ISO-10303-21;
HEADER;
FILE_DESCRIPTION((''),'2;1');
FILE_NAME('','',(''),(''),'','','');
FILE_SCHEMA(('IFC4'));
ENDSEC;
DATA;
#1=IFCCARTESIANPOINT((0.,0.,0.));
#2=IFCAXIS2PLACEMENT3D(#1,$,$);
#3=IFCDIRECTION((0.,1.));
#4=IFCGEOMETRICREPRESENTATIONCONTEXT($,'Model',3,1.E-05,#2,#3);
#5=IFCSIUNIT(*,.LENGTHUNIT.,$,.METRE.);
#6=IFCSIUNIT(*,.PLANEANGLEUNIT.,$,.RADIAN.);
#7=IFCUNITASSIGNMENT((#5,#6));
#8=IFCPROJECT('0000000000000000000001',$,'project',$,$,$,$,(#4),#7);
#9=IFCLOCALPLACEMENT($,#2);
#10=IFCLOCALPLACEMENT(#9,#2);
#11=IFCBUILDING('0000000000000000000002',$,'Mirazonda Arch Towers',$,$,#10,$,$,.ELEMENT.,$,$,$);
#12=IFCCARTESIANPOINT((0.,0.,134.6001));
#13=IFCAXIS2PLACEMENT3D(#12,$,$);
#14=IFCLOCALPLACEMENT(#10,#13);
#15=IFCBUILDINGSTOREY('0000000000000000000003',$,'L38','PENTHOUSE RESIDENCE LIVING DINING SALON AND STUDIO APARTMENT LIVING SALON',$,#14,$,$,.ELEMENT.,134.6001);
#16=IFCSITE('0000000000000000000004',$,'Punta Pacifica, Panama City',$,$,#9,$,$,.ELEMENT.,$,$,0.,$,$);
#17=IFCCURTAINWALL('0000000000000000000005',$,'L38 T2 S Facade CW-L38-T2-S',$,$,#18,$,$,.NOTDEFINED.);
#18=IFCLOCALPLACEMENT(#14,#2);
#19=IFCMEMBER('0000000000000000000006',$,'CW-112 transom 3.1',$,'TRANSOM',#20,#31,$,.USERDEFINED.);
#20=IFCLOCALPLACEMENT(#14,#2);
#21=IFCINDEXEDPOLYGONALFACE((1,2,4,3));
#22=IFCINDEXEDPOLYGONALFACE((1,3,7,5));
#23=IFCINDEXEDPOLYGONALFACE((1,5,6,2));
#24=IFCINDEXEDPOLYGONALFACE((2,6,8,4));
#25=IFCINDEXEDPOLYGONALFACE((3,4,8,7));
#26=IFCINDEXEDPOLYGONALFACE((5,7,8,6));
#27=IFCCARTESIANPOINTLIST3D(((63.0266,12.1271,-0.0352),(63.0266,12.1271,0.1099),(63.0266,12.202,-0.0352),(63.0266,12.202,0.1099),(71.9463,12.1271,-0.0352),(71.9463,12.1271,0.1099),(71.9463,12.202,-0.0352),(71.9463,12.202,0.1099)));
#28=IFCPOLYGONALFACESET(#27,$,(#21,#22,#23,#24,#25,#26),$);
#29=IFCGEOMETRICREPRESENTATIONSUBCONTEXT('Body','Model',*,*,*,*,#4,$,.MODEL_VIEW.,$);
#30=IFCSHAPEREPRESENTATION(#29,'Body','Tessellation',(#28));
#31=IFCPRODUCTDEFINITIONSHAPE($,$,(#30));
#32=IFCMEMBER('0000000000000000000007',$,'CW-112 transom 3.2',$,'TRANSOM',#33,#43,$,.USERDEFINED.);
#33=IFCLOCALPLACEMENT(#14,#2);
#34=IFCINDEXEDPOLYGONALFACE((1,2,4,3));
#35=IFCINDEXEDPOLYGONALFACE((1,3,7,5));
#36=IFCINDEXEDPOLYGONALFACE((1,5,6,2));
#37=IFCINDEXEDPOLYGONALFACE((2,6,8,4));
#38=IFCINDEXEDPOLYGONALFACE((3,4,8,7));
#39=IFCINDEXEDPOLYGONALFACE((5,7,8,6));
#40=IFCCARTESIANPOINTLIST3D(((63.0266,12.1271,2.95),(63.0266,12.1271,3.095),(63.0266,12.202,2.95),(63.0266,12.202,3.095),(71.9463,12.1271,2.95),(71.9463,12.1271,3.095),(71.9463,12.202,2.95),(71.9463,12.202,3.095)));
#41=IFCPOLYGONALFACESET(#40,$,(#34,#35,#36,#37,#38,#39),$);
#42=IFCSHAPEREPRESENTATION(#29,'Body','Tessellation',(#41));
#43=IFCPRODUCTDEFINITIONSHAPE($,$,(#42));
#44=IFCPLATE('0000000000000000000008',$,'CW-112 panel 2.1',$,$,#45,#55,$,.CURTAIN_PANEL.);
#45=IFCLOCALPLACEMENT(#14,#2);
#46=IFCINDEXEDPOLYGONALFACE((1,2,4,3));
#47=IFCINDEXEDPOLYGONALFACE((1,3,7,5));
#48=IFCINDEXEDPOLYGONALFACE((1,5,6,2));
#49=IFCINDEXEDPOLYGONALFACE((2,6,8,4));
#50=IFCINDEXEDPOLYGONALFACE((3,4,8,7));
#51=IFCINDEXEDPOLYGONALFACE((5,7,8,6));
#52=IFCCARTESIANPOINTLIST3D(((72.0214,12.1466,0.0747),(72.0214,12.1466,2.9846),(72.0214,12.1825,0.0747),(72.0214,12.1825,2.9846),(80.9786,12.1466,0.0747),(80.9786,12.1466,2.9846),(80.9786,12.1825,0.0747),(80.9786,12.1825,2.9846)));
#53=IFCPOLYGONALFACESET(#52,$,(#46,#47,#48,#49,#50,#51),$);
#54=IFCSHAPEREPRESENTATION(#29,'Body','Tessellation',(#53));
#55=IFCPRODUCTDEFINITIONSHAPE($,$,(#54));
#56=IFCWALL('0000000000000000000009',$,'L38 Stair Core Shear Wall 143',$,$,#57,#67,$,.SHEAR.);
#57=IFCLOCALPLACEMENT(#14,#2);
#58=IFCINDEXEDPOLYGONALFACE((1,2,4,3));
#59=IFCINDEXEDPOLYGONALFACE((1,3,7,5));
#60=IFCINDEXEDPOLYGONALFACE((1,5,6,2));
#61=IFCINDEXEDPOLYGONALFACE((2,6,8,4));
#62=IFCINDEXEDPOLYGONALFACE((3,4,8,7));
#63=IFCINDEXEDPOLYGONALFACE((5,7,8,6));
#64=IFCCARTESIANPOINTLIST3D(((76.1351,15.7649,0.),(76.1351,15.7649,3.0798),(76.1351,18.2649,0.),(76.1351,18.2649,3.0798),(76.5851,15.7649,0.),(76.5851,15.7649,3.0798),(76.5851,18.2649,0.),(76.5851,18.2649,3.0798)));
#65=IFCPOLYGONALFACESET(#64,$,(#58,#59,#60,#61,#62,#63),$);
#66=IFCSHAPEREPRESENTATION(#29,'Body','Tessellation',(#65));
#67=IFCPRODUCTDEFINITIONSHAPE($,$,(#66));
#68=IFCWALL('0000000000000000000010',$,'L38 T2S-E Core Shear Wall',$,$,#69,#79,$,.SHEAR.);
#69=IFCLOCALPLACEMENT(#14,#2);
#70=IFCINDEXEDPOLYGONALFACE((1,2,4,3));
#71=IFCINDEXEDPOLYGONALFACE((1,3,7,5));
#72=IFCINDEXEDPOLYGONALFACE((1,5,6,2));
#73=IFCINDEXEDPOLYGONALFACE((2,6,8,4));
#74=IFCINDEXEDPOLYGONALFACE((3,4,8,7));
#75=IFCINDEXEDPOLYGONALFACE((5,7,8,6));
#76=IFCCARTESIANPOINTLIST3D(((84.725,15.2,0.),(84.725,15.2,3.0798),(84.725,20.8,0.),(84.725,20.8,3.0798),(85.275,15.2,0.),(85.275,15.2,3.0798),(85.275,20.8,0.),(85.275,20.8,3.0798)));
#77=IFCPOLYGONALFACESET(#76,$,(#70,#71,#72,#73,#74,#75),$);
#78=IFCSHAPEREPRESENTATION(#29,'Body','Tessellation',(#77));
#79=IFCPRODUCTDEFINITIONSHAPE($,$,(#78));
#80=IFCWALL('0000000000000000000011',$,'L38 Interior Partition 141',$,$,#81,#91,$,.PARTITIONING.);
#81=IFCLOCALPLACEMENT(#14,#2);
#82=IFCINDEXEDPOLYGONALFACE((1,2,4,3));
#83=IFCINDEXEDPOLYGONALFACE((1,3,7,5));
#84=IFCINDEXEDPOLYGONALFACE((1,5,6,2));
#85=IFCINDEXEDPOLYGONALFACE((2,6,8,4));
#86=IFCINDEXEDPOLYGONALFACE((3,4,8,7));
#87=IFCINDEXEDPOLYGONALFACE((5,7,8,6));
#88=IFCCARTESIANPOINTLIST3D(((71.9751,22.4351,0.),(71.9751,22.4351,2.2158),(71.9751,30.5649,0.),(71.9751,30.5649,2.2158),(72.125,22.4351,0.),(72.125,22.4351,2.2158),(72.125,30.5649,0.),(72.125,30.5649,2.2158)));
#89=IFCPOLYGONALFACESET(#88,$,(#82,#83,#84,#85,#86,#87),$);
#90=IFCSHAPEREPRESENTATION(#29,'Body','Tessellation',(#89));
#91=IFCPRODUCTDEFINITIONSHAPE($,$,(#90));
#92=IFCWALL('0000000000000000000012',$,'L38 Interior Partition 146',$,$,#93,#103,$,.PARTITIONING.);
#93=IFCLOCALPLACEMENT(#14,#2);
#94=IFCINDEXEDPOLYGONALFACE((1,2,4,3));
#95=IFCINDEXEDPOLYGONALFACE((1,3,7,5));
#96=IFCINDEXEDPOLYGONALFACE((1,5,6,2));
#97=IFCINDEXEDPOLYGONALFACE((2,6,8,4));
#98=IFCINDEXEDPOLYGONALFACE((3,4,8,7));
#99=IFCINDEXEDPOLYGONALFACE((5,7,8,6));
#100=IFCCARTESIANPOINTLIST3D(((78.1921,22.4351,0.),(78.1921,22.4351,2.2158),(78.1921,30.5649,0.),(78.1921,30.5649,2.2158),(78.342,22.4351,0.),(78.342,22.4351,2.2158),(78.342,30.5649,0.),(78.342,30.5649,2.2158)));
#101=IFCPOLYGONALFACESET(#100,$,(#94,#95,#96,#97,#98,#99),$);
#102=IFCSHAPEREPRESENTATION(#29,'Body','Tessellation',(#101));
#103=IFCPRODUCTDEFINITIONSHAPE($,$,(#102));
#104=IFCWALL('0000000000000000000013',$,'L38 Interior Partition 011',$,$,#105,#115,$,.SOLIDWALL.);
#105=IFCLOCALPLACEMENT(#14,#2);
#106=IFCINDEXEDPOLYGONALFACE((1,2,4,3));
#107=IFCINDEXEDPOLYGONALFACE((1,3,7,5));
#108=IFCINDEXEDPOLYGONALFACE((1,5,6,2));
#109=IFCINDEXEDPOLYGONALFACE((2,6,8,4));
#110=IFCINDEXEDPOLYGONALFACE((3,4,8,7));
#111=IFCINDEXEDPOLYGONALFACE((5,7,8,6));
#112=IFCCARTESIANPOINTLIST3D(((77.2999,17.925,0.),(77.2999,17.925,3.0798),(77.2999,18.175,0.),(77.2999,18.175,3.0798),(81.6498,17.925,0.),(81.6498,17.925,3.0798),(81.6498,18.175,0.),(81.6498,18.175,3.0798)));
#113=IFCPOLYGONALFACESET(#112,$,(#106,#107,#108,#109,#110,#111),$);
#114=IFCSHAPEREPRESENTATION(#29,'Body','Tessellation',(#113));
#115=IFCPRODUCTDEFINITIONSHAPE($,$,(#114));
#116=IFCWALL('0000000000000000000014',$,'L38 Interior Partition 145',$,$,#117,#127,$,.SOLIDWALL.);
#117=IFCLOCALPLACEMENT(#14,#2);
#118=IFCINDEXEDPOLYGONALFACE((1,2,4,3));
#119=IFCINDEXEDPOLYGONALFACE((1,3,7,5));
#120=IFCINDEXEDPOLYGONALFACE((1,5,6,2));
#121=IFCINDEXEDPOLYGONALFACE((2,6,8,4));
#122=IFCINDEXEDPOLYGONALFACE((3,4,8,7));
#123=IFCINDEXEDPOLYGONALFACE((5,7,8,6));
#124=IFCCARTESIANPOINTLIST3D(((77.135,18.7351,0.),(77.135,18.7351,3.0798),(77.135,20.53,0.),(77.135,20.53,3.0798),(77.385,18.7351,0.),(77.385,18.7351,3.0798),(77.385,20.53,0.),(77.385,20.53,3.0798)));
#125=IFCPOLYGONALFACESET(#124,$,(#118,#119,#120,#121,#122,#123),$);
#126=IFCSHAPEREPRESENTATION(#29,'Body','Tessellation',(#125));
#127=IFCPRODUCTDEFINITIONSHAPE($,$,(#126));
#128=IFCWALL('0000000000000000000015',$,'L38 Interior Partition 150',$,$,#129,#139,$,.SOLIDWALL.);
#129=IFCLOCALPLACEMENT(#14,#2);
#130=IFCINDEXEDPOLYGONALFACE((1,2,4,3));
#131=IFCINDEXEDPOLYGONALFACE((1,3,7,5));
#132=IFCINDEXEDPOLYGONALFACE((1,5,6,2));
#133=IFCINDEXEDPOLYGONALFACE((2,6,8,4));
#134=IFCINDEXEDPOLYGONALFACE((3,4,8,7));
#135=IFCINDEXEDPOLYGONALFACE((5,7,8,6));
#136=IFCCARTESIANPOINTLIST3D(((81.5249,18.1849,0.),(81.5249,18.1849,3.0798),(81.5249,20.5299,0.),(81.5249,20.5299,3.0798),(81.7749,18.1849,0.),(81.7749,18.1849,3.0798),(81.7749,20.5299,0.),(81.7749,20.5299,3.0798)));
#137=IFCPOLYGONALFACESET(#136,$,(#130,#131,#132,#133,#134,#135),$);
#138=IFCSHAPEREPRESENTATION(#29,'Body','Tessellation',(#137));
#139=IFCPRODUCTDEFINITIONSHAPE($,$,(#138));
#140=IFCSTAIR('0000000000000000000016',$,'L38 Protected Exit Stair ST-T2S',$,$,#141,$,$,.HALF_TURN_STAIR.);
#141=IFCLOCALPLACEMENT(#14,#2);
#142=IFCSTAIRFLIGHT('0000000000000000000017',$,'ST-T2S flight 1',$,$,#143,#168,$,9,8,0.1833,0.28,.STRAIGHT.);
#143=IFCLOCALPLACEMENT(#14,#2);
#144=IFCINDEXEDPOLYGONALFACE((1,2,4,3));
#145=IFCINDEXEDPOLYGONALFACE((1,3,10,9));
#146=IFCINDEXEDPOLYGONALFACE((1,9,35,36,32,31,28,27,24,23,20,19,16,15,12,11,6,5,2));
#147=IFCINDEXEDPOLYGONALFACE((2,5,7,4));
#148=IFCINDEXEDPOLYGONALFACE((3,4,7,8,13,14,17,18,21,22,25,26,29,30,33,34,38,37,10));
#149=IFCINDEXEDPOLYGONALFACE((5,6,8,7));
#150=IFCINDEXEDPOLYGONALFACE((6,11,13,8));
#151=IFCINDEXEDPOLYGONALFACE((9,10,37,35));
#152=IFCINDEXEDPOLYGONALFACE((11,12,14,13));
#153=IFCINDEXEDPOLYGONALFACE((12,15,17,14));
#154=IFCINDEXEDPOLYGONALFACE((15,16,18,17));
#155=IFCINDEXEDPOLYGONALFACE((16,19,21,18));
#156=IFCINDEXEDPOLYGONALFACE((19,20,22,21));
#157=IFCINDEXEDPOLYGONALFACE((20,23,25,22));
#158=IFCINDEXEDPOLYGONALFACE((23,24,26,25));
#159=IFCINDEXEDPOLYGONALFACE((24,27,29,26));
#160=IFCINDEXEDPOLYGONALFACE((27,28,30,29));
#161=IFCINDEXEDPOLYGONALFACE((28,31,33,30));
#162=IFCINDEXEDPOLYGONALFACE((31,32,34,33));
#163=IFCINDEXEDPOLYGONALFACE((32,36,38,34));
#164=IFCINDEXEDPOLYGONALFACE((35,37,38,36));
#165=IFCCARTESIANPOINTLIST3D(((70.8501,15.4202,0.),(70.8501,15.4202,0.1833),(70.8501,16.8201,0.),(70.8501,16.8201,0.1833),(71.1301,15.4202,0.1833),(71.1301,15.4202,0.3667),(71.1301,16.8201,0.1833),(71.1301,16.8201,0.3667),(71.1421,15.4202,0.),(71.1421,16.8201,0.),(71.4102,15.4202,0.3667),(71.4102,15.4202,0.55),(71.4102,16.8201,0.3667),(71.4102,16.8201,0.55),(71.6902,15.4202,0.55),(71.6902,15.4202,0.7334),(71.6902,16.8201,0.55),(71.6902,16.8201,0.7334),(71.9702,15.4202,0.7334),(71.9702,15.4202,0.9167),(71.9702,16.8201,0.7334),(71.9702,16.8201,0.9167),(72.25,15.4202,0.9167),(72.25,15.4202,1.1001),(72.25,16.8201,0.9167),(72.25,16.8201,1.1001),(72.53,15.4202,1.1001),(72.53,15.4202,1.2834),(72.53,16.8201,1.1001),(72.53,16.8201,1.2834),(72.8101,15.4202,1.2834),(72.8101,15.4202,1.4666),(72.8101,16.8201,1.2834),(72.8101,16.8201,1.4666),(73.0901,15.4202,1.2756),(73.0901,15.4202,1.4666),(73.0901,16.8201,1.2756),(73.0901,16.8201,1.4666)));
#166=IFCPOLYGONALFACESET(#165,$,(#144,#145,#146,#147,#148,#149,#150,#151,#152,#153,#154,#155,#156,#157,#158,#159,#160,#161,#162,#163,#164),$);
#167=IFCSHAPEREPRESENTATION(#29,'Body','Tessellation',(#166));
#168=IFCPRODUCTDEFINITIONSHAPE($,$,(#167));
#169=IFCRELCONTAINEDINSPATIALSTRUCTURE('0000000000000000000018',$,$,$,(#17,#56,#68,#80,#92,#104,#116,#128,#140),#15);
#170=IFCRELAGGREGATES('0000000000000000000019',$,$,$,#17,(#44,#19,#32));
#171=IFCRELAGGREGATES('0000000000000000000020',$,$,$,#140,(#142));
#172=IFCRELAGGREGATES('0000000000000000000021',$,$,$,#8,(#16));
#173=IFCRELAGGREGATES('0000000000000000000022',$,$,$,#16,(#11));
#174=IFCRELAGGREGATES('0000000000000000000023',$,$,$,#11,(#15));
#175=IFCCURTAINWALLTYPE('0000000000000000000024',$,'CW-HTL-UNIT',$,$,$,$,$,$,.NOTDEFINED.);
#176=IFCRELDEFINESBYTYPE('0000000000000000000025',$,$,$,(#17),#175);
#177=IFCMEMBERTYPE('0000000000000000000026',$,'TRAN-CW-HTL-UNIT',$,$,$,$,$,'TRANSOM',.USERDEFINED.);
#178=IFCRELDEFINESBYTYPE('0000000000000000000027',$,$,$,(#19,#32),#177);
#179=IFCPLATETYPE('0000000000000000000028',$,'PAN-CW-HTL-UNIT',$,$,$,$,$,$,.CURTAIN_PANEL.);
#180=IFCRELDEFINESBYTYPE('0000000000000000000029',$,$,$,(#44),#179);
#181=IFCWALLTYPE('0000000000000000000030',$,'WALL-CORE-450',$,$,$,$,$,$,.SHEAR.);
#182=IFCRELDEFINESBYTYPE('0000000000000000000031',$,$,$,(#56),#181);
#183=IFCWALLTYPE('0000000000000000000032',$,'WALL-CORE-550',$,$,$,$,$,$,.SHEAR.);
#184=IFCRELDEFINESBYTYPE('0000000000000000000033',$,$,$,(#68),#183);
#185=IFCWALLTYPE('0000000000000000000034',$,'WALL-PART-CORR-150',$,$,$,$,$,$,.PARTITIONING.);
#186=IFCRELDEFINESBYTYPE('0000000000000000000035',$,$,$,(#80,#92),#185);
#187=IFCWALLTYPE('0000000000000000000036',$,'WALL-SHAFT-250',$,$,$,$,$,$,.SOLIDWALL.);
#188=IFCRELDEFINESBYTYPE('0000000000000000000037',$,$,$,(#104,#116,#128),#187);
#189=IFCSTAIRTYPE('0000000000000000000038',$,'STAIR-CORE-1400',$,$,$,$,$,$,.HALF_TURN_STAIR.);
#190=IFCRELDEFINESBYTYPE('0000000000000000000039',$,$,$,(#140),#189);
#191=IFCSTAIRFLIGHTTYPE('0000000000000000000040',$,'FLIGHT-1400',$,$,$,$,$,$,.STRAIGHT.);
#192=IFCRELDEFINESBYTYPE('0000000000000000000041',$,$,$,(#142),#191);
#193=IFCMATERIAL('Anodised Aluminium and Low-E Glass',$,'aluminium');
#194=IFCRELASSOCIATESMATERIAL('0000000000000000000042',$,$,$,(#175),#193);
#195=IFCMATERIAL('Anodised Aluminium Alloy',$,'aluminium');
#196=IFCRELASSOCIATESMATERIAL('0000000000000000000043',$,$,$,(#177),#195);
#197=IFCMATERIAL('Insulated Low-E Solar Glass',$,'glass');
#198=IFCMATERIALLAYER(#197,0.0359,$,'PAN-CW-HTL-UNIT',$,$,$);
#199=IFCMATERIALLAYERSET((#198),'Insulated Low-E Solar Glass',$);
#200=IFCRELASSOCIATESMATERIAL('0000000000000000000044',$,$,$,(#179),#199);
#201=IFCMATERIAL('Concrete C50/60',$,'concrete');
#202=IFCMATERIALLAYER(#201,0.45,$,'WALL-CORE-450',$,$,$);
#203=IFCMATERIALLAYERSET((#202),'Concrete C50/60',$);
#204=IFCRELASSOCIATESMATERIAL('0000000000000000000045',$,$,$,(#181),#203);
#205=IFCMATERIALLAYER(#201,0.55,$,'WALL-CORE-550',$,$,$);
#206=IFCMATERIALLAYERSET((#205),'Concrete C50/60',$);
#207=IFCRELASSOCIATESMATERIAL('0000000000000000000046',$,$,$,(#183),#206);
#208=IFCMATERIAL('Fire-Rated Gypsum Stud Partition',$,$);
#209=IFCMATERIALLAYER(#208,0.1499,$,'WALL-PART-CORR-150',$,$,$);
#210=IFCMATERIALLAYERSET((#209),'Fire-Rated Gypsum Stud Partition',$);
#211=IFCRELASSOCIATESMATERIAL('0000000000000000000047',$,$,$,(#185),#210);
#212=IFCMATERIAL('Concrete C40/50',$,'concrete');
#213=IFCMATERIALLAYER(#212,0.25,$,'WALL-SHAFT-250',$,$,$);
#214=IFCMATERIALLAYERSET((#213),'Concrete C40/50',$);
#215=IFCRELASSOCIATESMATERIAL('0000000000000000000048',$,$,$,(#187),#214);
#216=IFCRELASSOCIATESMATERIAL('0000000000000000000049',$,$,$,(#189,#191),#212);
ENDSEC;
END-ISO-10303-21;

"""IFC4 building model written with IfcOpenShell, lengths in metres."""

from ifc_helpers import new_model, si_unit, direction, frame, frame_2d, origin, origin_2d, place, context, subcontext, project, spatial, polyline, rectangle, outline, extrude, material, layer, layer_set, material_profile, profile_set, type_object, element, aggregate, save


model = new_model("IFC4")

# Units and contexts
model_context = context("Model", 3, precision=1e-05, world=origin(), true_north=direction((0.0, 1.0)))
body_context = subcontext(model_context, "Body", "Model", "MODEL_VIEW")
ifc_project = project(units=[si_unit("LENGTHUNIT", "METRE"), si_unit("PLANEANGLEUNIT", "RADIAN")], contexts=[model_context])

# Site, building, storey
site_placement = place(None, origin())
site = spatial("IfcSite", under=ifc_project, at=site_placement, Name="Punta Pacifica, Panama City", CompositionType="ELEMENT", RefElevation=0.0)
building_placement = place(site_placement, origin())
building = spatial("IfcBuilding", under=site, at=building_placement, Name="Mirazonda Arch Towers", CompositionType="ELEMENT")
storey_placement = place(building_placement, frame((0.0, 0.0, 134.6001)))
storey = spatial("IfcBuildingStorey", under=building, at=storey_placement, Name="L38", Description="PENTHOUSE RESIDENCE LIVING DINING SALON AND STUDIO APARTMENT LIVING SALON", CompositionType="ELEMENT", Elevation=134.6001)

# Shared definitions
ifc_material_1 = material(Name="Concrete C50/60", Category="concrete")

# Curtain wall, members, plate
ifc_material_2 = material(Name="Anodised Aluminium and Low-E Glass", Category="aluminium")
curtain_wall_type = type_object("IfcCurtainWallType", Name="CW-HTL-UNIT", PredefinedType="NOTDEFINED", material=ifc_material_2)
curtain_wall_placement = place(storey_placement, origin())
curtain_wall = element("IfcCurtainWall", 1, at=curtain_wall_placement, inside=storey, type_object=curtain_wall_type, Name="L38 T2 S Facade CW-L38-T2-S", PredefinedType="NOTDEFINED")
ifc_material_3 = material(Name="Anodised Aluminium Alloy", Category="aluminium")
ifc_material_profile_1 = material_profile(ifc_material_3, rectangle(XDim=0.075, YDim=0.145, at=origin_2d()), Name="ALU-TRAN-75x145")
ifc_profile_set_1 = profile_set([ifc_material_profile_1], Name="Anodised Aluminium Alloy")
member_type_1 = type_object("IfcMemberType", Name="TRAN-CW-HTL-UNIT", ElementType="TRANSOM", PredefinedType="USERDEFINED", material=ifc_profile_set_1)
member_1_placement = place(storey_placement, frame((71.9463, 12.1646, 0.0374), z_axis=(-1.0, 0.0, 0.0), x_axis=(0.0, -1.0, 0.0)))
member_1 = element("IfcMember", 2, at=member_1_placement, type_object=member_type_1, Name="CW-112 transom 3.1", ObjectType="TRANSOM", PredefinedType="USERDEFINED", context=body_context, shape_type="SweptSolid", body=[
    extrude(rectangle(XDim=0.075, YDim=0.145, at=origin_2d()), origin(), (0.0, 0.0, 1.0), 8.9197),
])
member_2_placement = place(storey_placement, frame((71.9463, 12.1646, 3.0225), z_axis=(-1.0, 0.0, 0.0), x_axis=(0.0, -1.0, 0.0)))
member_2 = element("IfcMember", 3, at=member_2_placement, type_object=member_type_1, Name="CW-112 transom 3.2", ObjectType="TRANSOM", PredefinedType="USERDEFINED", context=body_context, shape_type="SweptSolid", body=[
    extrude(rectangle(XDim=0.075, YDim=0.145, at=origin_2d()), origin(), (0.0, 0.0, 1.0), 8.9197),
])
ifc_material_4 = material(Name="Insulated Low-E Solar Glass", Category="glass")
ifc_layer_1 = layer(ifc_material_4, 0.0359, Name="PAN-CW-HTL-UNIT")
ifc_layer_set_1 = layer_set([ifc_layer_1], Name="Insulated Low-E Solar Glass")
plate_type = type_object("IfcPlateType", Name="PAN-CW-HTL-UNIT", PredefinedType="CURTAIN_PANEL", material=ifc_layer_set_1)
plate_placement = place(storey_placement, frame((76.5, 12.1646, 0.0747), z_axis=(0.0, 0.0, 1.0), x_axis=(-1.0, 0.0, 0.0)))
plate = element("IfcPlate", 4, at=plate_placement, type_object=plate_type, Name="CW-112 panel 2.1", PredefinedType="CURTAIN_PANEL", context=body_context, shape_type="SweptSolid", body=[
    extrude(rectangle(XDim=8.9573, YDim=0.0359, at=origin_2d()), origin(), (0.0, 0.0, 1.0), 2.9099),
])
aggregate(curtain_wall, [plate, member_1, member_2])

# Walls
ifc_layer_2 = layer(ifc_material_1, 0.45, Name="WALL-CORE-450")
ifc_layer_set_2 = layer_set([ifc_layer_2], Name="Concrete C50/60")
wall_type_1 = type_object("IfcWallType", Name="WALL-CORE-450", PredefinedType="SHEAR", material=ifc_layer_set_2)
wall_1_placement = place(storey_placement, frame((76.3601, 15.7649, 0.0), z_axis=(0.0, 0.0, 1.0), x_axis=(0.0, 1.0, 0.0)))
element("IfcWall", 5, at=wall_1_placement, inside=storey, type_object=wall_type_1, Name="L38 Stair Core Shear Wall 143", PredefinedType="SHEAR", context=body_context, shape_type="SweptSolid", body=[
    extrude(rectangle(XDim=2.5, YDim=0.45, at=frame_2d((1.25, 0.0))), origin(), (0.0, 0.0, 1.0), 3.0798),
])
ifc_layer_3 = layer(ifc_material_1, 0.55, Name="WALL-CORE-550")
ifc_layer_set_3 = layer_set([ifc_layer_3], Name="Concrete C50/60")
wall_type_2 = type_object("IfcWallType", Name="WALL-CORE-550", PredefinedType="SHEAR", material=ifc_layer_set_3)
wall_2_placement = place(storey_placement, frame((85.0, 15.2, 0.0), z_axis=(0.0, 0.0, 1.0), x_axis=(0.0, 1.0, 0.0)))
element("IfcWall", 6, at=wall_2_placement, inside=storey, type_object=wall_type_2, Name="L38 T2S-E Core Shear Wall", PredefinedType="SHEAR", context=body_context, shape_type="SweptSolid", body=[
    extrude(rectangle(XDim=5.6001, YDim=0.55, at=frame_2d((2.8, 0.0))), origin(), (0.0, 0.0, 1.0), 3.0798),
])
ifc_material_5 = material(Name="Fire-Rated Gypsum Stud Partition")
ifc_layer_4 = layer(ifc_material_5, 0.1499, Name="WALL-PART-CORR-150")
ifc_layer_set_4 = layer_set([ifc_layer_4], Name="Fire-Rated Gypsum Stud Partition")
wall_type_3 = type_object("IfcWallType", Name="WALL-PART-CORR-150", PredefinedType="PARTITIONING", material=ifc_layer_set_4)
for number, where, z_axis, x_axis, name in (
    (7, (72.05, 22.4351, 0.0), (0.0, 0.0, 1.0), (0.0, 1.0, 0.0), "L38 Interior Partition 141"),
    (8, (78.2671, 22.4351, 0.0), (0.0, 0.0, 1.0), (0.0, 1.0, 0.0), "L38 Interior Partition 146"),
):
    element("IfcWall", number, at=place(storey_placement, frame(where, z_axis=z_axis, x_axis=x_axis)), inside=storey, type_object=wall_type_3, Name=name, PredefinedType="PARTITIONING", context=body_context, shape_type="SweptSolid", body=[
        extrude(rectangle(XDim=8.1299, YDim=0.1499, at=frame_2d((4.0649, 0.0))), origin(), (0.0, 0.0, 1.0), 2.2158),
    ])
ifc_material_6 = material(Name="Concrete C40/50", Category="concrete")
ifc_layer_5 = layer(ifc_material_6, 0.25, Name="WALL-SHAFT-250")
ifc_layer_set_5 = layer_set([ifc_layer_5], Name="Concrete C40/50")
wall_type_4 = type_object("IfcWallType", Name="WALL-SHAFT-250", PredefinedType="SOLIDWALL", material=ifc_layer_set_5)
wall_3_placement = place(storey_placement, frame((77.3, 18.05, 0.0), z_axis=(0.0, 0.0, 1.0), x_axis=(1.0, 0.0, 0.0)))
element("IfcWall", 9, at=wall_3_placement, inside=storey, type_object=wall_type_4, Name="L38 Interior Partition 011", PredefinedType="SOLIDWALL", context=body_context, shape_type="SweptSolid", body=[
    extrude(rectangle(XDim=4.3499, YDim=0.25, at=frame_2d((2.1748, 0.0))), origin(), (0.0, 0.0, 1.0), 3.0798),
])
wall_4_placement = place(storey_placement, frame((77.26, 18.7351, 0.0), z_axis=(0.0, 0.0, 1.0), x_axis=(0.0, 1.0, 0.0)))
element("IfcWall", 10, at=wall_4_placement, inside=storey, type_object=wall_type_4, Name="L38 Interior Partition 145", PredefinedType="SOLIDWALL", context=body_context, shape_type="SweptSolid", body=[
    extrude(rectangle(XDim=1.7949, YDim=0.25, at=frame_2d((0.8975, 0.0))), origin(), (0.0, 0.0, 1.0), 3.0798),
])
wall_5_placement = place(storey_placement, frame((81.6499, 18.1851, 0.0), z_axis=(0.0, 0.0, 1.0), x_axis=(0.0, 1.0, 0.0)))
element("IfcWall", 11, at=wall_5_placement, inside=storey, type_object=wall_type_4, Name="L38 Interior Partition 150", PredefinedType="SOLIDWALL", context=body_context, shape_type="SweptSolid", body=[
    extrude(rectangle(XDim=2.345, YDim=0.25, at=frame_2d((1.1724, 0.0))), origin(), (0.0, 0.0, 1.0), 3.0798),
])

# Stair, stair flight
stair_type = type_object("IfcStairType", Name="STAIR-CORE-1400", PredefinedType="HALF_TURN_STAIR", material=ifc_material_6)
stair_placement = place(storey_placement, origin())
stair = element("IfcStair", 12, at=stair_placement, inside=storey, type_object=stair_type, Name="L38 Protected Exit Stair ST-T2S", PredefinedType="HALF_TURN_STAIR")
stair_flight_type = type_object("IfcStairFlightType", Name="FLIGHT-1400", PredefinedType="STRAIGHT", material=ifc_material_6)
stair_flight_1_placement = place(storey_placement, frame((70.8501, 16.1201, 0.0), z_axis=(0.0, 0.0, 1.0), x_axis=(1.0, 0.0, 0.0)))
stair_flight_1 = element("IfcStairFlight", 13, at=stair_flight_1_placement, type_object=stair_flight_type, Name="ST-T2S flight 1", NumberOfRisers=9, NumberOfTreads=8, PredefinedType="STRAIGHT", RiserHeight=0.1833, TreadLength=0.28, context=body_context, shape_type="SweptSolid", body=[
    extrude(outline(polyline([(0.0, 0.0), (0.0, 0.1833), (0.28, 0.1833), (0.28, 0.3667), (0.5601, 0.3667), (0.5601, 0.55), (0.8401, 0.55), (0.8401, 0.7334), (1.1201, 0.7334), (1.1201, 0.9167), (1.3999, 0.9167), (1.3999, 1.1001), (1.6799, 1.1001), (1.6799, 1.2834), (1.96, 1.2834), (1.96, 1.4666), (2.24, 1.4666), (2.24, 1.6499), (2.24, 1.2756), (0.292, 0.0), (0.0, 0.0)])), frame((0.0, 0.7, 0.0), z_axis=(0.0, -1.0, 0.0), x_axis=(1.0, 0.0, 0.0)), (0.0, 0.0, 1.0), 1.3999),
])
aggregate(stair, [stair_flight_1])

save(model, "model.ifc")
